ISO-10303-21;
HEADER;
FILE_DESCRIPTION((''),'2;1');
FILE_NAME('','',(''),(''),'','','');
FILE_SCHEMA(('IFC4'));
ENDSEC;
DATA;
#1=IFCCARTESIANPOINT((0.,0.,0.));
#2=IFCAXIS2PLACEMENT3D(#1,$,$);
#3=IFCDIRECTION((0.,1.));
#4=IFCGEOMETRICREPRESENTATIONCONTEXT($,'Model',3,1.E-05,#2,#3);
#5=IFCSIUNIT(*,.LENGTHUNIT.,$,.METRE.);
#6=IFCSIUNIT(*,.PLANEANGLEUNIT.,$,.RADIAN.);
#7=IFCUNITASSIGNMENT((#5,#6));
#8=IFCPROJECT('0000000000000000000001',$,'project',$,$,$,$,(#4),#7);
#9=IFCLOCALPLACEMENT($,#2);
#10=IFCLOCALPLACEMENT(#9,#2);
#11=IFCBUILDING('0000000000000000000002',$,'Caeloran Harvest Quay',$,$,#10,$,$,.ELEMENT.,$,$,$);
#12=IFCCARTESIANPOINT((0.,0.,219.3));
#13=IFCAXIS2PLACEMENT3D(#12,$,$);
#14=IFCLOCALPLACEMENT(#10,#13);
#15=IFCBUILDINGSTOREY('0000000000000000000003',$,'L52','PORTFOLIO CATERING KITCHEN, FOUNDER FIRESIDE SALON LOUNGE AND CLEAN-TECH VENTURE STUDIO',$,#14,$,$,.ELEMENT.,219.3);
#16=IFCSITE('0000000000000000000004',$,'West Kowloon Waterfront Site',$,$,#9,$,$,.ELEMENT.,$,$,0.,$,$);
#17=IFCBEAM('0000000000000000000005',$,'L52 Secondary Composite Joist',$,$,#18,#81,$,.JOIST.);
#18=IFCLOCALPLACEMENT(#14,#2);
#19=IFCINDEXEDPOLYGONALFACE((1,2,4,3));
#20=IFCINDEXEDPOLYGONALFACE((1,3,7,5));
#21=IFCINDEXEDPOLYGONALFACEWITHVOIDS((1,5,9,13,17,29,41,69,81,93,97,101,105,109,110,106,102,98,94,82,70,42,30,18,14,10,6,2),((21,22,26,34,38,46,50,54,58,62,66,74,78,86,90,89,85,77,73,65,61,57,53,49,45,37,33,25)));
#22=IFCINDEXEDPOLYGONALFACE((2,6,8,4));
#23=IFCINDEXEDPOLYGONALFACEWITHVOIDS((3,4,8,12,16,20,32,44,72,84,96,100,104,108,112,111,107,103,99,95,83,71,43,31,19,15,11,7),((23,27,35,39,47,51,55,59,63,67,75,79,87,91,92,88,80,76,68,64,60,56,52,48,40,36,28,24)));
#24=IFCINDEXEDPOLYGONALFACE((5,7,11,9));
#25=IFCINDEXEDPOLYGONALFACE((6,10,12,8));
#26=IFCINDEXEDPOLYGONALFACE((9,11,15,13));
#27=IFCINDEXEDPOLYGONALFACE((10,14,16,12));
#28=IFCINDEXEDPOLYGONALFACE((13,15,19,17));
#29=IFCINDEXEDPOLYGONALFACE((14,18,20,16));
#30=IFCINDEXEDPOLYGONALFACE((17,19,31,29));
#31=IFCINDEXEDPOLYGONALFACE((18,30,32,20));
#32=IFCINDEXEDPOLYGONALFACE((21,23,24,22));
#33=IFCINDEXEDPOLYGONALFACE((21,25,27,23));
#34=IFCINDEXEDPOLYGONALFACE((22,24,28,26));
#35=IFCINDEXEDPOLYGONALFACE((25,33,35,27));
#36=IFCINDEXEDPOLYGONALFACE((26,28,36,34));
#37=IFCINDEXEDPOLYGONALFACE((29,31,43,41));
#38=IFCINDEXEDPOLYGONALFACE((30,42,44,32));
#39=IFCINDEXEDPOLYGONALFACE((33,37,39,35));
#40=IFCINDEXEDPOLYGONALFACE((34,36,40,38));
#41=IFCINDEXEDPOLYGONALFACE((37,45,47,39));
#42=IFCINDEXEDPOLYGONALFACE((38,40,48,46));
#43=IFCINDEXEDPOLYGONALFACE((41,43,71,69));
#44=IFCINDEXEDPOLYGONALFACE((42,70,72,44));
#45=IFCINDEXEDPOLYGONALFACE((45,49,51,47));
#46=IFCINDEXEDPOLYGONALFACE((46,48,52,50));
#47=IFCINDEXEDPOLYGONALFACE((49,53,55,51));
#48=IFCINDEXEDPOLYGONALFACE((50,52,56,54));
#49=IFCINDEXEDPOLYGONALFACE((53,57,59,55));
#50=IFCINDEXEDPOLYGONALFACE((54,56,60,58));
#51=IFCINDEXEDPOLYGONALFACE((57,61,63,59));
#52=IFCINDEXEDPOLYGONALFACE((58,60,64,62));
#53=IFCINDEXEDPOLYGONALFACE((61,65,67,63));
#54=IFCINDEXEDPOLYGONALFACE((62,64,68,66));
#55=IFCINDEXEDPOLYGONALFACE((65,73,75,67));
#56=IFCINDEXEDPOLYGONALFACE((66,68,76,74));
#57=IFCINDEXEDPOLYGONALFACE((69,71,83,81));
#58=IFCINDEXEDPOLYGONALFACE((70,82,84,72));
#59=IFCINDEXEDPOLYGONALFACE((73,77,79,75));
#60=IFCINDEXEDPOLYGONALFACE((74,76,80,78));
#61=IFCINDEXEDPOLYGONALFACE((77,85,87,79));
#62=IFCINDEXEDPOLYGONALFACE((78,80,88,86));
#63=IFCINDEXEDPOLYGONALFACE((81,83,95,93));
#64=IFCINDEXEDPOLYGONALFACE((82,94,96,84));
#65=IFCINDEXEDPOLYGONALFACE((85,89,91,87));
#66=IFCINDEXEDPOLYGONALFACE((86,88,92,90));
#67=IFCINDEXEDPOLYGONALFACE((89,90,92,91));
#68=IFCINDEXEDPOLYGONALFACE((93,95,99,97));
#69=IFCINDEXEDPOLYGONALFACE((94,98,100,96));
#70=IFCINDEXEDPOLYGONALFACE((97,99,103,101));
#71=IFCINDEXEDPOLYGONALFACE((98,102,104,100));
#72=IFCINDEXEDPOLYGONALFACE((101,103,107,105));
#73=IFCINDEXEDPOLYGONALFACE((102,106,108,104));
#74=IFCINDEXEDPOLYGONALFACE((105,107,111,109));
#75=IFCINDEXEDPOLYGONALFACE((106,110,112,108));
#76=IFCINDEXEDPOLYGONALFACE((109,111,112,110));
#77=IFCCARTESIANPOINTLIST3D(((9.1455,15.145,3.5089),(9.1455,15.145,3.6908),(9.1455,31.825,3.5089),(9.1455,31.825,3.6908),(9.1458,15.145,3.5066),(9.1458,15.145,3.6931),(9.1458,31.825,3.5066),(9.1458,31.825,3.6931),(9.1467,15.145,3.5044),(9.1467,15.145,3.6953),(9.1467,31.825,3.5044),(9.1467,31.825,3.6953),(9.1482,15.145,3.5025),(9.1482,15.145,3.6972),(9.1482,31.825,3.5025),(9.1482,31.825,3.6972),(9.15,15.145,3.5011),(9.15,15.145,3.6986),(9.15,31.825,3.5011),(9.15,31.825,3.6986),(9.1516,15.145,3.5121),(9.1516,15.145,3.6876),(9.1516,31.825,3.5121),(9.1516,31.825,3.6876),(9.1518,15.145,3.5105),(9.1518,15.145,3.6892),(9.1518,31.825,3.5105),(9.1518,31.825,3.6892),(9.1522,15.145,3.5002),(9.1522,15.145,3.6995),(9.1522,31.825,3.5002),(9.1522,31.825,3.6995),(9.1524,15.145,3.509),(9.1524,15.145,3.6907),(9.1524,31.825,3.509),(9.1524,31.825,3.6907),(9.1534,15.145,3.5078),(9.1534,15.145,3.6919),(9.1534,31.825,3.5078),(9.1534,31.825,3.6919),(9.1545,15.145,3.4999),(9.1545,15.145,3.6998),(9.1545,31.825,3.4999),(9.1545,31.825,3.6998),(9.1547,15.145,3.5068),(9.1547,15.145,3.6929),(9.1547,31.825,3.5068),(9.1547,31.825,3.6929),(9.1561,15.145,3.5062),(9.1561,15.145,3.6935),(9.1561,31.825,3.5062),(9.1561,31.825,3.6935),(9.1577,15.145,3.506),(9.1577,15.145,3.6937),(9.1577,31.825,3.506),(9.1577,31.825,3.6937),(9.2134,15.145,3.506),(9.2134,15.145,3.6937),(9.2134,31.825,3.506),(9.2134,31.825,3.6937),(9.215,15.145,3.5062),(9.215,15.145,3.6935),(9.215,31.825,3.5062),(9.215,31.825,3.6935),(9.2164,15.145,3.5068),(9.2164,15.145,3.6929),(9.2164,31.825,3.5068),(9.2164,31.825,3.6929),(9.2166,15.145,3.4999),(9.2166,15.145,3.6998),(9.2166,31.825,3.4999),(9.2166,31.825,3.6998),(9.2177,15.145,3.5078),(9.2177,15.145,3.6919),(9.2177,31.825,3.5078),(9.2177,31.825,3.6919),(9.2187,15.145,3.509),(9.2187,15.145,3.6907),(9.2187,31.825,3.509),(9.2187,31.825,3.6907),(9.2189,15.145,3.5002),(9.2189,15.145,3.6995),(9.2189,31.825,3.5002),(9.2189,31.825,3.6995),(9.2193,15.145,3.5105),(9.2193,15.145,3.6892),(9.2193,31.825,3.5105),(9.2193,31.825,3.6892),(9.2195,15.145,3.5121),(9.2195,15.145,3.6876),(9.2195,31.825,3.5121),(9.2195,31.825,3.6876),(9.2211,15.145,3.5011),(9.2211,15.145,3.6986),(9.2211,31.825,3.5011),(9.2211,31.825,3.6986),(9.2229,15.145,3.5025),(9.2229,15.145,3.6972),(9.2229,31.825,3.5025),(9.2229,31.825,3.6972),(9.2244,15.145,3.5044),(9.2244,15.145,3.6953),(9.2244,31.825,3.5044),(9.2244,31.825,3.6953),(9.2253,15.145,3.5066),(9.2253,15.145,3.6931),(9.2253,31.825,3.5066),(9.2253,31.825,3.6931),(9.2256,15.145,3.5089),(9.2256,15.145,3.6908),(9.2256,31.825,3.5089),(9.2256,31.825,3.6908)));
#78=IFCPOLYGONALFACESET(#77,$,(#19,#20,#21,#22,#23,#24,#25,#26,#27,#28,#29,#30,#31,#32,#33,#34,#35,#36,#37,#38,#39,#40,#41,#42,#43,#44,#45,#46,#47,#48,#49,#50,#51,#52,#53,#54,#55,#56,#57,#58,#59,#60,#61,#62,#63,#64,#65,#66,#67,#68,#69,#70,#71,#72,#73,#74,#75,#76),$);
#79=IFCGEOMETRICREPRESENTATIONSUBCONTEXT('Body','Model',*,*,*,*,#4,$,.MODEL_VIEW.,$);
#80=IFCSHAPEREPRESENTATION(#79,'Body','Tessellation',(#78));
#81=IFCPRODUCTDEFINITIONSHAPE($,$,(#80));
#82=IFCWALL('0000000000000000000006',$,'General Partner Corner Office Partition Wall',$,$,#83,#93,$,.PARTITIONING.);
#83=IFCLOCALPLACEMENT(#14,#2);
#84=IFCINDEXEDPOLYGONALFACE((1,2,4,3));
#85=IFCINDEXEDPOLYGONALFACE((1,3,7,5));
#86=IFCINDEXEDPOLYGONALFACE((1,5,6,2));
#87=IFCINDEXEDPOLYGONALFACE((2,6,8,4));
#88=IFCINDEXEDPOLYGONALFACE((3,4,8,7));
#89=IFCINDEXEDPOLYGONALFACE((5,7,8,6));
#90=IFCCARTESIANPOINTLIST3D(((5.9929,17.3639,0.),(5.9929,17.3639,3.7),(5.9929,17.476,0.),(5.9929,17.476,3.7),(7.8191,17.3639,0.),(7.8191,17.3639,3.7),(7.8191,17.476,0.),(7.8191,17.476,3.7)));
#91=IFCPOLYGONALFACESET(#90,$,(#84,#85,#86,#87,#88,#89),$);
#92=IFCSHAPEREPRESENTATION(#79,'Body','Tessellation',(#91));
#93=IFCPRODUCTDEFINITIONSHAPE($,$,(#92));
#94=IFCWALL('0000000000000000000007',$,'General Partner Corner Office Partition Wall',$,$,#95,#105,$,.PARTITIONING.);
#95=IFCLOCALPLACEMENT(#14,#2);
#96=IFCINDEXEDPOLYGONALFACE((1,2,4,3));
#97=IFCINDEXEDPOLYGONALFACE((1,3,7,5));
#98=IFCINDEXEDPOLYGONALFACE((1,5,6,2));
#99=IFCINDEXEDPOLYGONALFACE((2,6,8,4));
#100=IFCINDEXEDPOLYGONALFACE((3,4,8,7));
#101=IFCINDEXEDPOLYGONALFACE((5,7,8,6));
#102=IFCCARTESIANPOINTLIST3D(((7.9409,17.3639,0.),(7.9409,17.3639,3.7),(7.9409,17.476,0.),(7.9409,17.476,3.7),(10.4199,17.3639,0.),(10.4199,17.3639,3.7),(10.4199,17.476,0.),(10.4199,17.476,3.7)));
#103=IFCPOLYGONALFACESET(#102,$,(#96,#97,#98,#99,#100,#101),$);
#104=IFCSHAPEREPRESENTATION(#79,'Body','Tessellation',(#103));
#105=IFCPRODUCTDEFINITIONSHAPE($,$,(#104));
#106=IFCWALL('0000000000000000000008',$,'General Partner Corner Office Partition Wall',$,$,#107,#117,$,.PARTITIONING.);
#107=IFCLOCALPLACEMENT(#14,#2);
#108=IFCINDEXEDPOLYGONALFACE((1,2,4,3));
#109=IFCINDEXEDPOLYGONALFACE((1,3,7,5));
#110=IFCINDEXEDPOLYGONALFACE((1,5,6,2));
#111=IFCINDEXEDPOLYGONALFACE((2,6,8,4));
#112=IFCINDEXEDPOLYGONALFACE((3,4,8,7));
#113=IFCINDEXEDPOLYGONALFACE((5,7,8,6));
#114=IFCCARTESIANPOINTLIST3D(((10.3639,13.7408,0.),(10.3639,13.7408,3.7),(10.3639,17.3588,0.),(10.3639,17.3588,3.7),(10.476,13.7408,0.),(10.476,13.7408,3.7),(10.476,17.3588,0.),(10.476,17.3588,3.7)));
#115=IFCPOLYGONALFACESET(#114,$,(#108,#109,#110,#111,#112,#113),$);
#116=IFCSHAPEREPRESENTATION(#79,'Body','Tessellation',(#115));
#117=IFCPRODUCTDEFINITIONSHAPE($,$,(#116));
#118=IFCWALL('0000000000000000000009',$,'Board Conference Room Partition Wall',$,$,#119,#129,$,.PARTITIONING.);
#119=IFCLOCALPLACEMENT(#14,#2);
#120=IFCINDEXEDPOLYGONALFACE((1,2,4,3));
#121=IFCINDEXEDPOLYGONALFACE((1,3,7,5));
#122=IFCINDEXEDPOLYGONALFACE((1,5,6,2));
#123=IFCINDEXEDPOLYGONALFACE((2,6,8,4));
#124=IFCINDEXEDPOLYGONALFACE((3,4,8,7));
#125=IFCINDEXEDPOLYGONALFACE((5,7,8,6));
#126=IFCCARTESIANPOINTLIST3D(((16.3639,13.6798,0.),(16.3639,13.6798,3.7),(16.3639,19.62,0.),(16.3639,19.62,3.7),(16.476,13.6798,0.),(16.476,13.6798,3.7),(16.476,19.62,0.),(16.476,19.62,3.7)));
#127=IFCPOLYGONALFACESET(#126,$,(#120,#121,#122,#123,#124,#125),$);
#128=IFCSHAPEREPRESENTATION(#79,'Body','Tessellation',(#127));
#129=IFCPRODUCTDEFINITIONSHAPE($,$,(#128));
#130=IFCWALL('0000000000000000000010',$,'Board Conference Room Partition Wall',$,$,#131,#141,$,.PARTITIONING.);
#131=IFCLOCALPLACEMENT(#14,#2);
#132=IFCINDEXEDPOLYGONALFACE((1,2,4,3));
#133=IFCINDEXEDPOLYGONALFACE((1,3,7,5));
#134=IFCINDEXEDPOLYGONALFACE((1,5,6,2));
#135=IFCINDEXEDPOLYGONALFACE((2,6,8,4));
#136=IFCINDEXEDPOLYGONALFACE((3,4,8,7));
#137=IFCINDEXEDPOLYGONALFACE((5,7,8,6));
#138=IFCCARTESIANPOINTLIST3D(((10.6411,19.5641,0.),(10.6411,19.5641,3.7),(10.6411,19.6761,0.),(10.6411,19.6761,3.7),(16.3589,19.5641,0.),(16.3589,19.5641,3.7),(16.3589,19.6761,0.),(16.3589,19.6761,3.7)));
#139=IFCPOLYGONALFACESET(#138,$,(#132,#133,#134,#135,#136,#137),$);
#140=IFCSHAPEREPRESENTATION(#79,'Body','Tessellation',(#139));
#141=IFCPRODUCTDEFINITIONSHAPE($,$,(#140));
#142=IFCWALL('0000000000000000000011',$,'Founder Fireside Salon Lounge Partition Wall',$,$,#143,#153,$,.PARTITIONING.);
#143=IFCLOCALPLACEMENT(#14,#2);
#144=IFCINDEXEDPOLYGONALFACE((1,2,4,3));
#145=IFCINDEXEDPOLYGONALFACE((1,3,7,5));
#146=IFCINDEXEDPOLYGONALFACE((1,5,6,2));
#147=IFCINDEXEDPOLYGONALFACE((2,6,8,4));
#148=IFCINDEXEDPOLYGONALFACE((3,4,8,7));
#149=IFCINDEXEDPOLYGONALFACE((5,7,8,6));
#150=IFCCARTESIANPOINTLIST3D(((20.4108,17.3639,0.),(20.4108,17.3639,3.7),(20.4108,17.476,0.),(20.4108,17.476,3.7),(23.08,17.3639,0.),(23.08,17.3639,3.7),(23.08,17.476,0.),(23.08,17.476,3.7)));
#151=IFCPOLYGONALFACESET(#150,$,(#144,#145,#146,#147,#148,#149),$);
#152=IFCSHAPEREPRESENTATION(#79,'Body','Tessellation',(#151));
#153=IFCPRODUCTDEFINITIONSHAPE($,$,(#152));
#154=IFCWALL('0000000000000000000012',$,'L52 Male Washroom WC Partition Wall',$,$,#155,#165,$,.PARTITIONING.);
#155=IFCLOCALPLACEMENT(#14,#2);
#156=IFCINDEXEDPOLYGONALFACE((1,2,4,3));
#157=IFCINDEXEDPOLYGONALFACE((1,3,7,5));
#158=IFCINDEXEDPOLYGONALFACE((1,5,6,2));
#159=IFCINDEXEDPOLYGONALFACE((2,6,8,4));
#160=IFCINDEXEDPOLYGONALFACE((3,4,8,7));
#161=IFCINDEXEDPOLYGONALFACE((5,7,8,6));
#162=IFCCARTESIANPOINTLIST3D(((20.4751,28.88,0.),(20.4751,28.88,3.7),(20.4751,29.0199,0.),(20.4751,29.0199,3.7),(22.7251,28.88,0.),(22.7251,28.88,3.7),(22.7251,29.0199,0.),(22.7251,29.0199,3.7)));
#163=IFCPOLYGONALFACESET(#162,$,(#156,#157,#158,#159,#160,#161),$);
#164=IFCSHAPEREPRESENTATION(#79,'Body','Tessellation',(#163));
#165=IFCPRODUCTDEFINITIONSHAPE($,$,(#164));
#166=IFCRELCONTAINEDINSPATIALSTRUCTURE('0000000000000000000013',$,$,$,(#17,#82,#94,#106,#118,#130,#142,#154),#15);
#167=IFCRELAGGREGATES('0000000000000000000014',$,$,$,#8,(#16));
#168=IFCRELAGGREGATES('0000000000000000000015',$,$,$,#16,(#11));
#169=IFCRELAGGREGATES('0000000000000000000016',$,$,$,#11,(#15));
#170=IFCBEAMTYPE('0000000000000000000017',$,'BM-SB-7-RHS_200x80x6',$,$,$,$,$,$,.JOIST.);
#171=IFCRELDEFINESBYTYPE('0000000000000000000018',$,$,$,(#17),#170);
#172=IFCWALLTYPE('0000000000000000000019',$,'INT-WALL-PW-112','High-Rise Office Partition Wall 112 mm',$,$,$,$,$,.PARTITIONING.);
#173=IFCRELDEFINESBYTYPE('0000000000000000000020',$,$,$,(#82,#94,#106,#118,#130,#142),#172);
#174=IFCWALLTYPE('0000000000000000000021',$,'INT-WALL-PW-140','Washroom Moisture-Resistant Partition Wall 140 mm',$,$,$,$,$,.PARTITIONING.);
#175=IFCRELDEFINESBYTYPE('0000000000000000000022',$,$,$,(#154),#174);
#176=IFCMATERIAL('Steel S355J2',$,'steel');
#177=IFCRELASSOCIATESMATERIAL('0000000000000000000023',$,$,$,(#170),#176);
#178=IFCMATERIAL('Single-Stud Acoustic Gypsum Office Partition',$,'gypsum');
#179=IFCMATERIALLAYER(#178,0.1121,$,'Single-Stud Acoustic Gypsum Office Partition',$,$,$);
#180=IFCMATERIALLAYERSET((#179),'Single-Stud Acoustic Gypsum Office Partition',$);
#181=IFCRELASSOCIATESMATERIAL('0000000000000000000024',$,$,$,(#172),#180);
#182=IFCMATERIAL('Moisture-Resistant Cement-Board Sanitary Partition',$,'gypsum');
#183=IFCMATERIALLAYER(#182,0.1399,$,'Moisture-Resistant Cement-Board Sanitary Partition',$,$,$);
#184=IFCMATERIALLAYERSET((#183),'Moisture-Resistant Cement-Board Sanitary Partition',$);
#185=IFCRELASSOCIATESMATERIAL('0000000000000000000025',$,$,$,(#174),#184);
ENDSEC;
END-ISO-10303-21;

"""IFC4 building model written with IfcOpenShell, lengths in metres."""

from ifc_helpers import new_model, si_unit, direction, frame, frame_2d, origin, origin_2d, place, context, subcontext, project, spatial, rectangle, hollow_rectangle, extrude, material, layer, layer_set, material_profile, profile_set, type_object, element, save


model = new_model("IFC4")

# Units and contexts
model_context = context("Model", 3, precision=1e-05, world=origin(), true_north=direction((0.0, 1.0)))
body_context = subcontext(model_context, "Body", "Model", "MODEL_VIEW")
ifc_project = project(units=[si_unit("LENGTHUNIT", "METRE"), si_unit("PLANEANGLEUNIT", "RADIAN")], contexts=[model_context])

# Site, building, storey
site_placement = place(None, origin())
site = spatial("IfcSite", under=ifc_project, at=site_placement, Name="West Kowloon Waterfront Site", CompositionType="ELEMENT", RefElevation=0.0)
building_placement = place(site_placement, origin())
building = spatial("IfcBuilding", under=site, at=building_placement, Name="Caeloran Harvest Quay", CompositionType="ELEMENT")
storey_placement = place(building_placement, frame((0.0, 0.0, 219.3)))
storey = spatial("IfcBuildingStorey", under=building, at=storey_placement, Name="L52", Description="PORTFOLIO CATERING KITCHEN, FOUNDER FIRESIDE SALON LOUNGE AND CLEAN-TECH VENTURE STUDIO", CompositionType="ELEMENT", Elevation=219.3)

# Beam
ifc_material_1 = material(Name="Steel S355J2", Category="steel")
ifc_material_profile_1 = material_profile(ifc_material_1, hollow_rectangle(XDim=0.0801, YDim=0.2, WallThickness=0.0061, InnerFilletRadius=0.0061, OuterFilletRadius=0.009, at=origin_2d()), Name="RHS 200x80x6")
ifc_profile_set_1 = profile_set([ifc_material_profile_1], Name="Steel S355J2")
beam_type_1 = type_object("IfcBeamType", Name="BM-SB-7-RHS_200x80x6", PredefinedType="JOIST", material=ifc_profile_set_1)
beam_1_placement = place(storey_placement, frame((9.1855, 15.145, 3.5999), z_axis=(0.0, 1.0, 0.0), x_axis=(-1.0, 0.0, 0.0)))
element("IfcBeam", 1, at=beam_1_placement, inside=storey, type_object=beam_type_1, Name="L52 Secondary Composite Joist", PredefinedType="JOIST", context=body_context, shape_type="SweptSolid", body=[
    extrude(hollow_rectangle(XDim=0.0801, YDim=0.2, WallThickness=0.0061, InnerFilletRadius=0.0061, OuterFilletRadius=0.009, at=origin_2d()), origin(), (0.0, 0.0, 1.0), 16.6799),
])

# Walls
ifc_material_2 = material(Name="Single-Stud Acoustic Gypsum Office Partition", Category="gypsum")
ifc_layer_1 = layer(ifc_material_2, 0.1121, Name="Single-Stud Acoustic Gypsum Office Partition")
ifc_layer_set_1 = layer_set([ifc_layer_1], Name="Single-Stud Acoustic Gypsum Office Partition")
wall_type_1 = type_object("IfcWallType", Name="INT-WALL-PW-112", Description="High-Rise Office Partition Wall 112 mm", PredefinedType="PARTITIONING", material=ifc_layer_set_1)
wall_1_placement = place(storey_placement, frame((5.9929, 17.4199, 0.0), z_axis=(0.0, 0.0, 1.0), x_axis=(1.0, 0.0, 0.0)))
element("IfcWall", 2, at=wall_1_placement, inside=storey, type_object=wall_type_1, Name="General Partner Corner Office Partition Wall", PredefinedType="PARTITIONING", context=body_context, shape_type="SweptSolid", body=[
    extrude(rectangle(XDim=1.8262, YDim=0.1121, at=frame_2d((0.9131, 0.0))), origin(), (0.0, 0.0, 1.0), 3.7),
])
wall_2_placement = place(storey_placement, frame((7.9409, 17.4199, 0.0), z_axis=(0.0, 0.0, 1.0), x_axis=(1.0, 0.0, 0.0)))
element("IfcWall", 3, at=wall_2_placement, inside=storey, type_object=wall_type_1, Name="General Partner Corner Office Partition Wall", PredefinedType="PARTITIONING", context=body_context, shape_type="SweptSolid", body=[
    extrude(rectangle(XDim=2.479, YDim=0.1121, at=frame_2d((1.2395, 0.0))), origin(), (0.0, 0.0, 1.0), 3.7),
])
wall_3_placement = place(storey_placement, frame((10.4199, 17.3589, 0.0), z_axis=(0.0, 0.0, 1.0), x_axis=(0.0, -1.0, 0.0)))
element("IfcWall", 4, at=wall_3_placement, inside=storey, type_object=wall_type_1, Name="General Partner Corner Office Partition Wall", PredefinedType="PARTITIONING", context=body_context, shape_type="SweptSolid", body=[
    extrude(rectangle(XDim=3.6179, YDim=0.1121, at=frame_2d((1.8091, 0.0))), origin(), (0.0, 0.0, 1.0), 3.7),
])
wall_4_placement = place(storey_placement, frame((16.4199, 19.6201, 0.0), z_axis=(0.0, 0.0, 1.0), x_axis=(0.0, -1.0, 0.0)))
element("IfcWall", 5, at=wall_4_placement, inside=storey, type_object=wall_type_1, Name="Board Conference Room Partition Wall", PredefinedType="PARTITIONING", context=body_context, shape_type="SweptSolid", body=[
    extrude(rectangle(XDim=5.9402, YDim=0.1121, at=frame_2d((2.9702, 0.0))), origin(), (0.0, 0.0, 1.0), 3.7),
])
wall_5_placement = place(storey_placement, frame((10.6411, 19.6201, 0.0), z_axis=(0.0, 0.0, 1.0), x_axis=(1.0, 0.0, 0.0)))
element("IfcWall", 6, at=wall_5_placement, inside=storey, type_object=wall_type_1, Name="Board Conference Room Partition Wall", PredefinedType="PARTITIONING", context=body_context, shape_type="SweptSolid", body=[
    extrude(rectangle(XDim=5.7178, YDim=0.1121, at=frame_2d((2.8589, 0.0))), origin(), (0.0, 0.0, 1.0), 3.7),
])
wall_6_placement = place(storey_placement, frame((20.4109, 17.4199, 0.0), z_axis=(0.0, 0.0, 1.0), x_axis=(1.0, 0.0, 0.0)))
element("IfcWall", 7, at=wall_6_placement, inside=storey, type_object=wall_type_1, Name="Founder Fireside Salon Lounge Partition Wall", PredefinedType="PARTITIONING", context=body_context, shape_type="SweptSolid", body=[
    extrude(rectangle(XDim=2.6692, YDim=0.1121, at=frame_2d((1.3345, 0.0))), origin(), (0.0, 0.0, 1.0), 3.7),
])

# Shared definitions
ifc_material_3 = material(Name="Moisture-Resistant Cement-Board Sanitary Partition", Category="gypsum")
ifc_layer_2 = layer(ifc_material_3, 0.1399, Name="Moisture-Resistant Cement-Board Sanitary Partition")
ifc_layer_set_2 = layer_set([ifc_layer_2], Name="Moisture-Resistant Cement-Board Sanitary Partition")
wall_type_2 = type_object("IfcWallType", Name="INT-WALL-PW-140", Description="Washroom Moisture-Resistant Partition Wall 140 mm", PredefinedType="PARTITIONING", material=ifc_layer_set_2)

# Wall
wall_7_placement = place(storey_placement, frame((20.4751, 28.95, 0.0), z_axis=(0.0, 0.0, 1.0), x_axis=(1.0, 0.0, 0.0)))
element("IfcWall", 8, at=wall_7_placement, inside=storey, type_object=wall_type_2, Name="L52 Male Washroom WC Partition Wall", PredefinedType="PARTITIONING", context=body_context, shape_type="SweptSolid", body=[
    extrude(rectangle(XDim=2.25, YDim=0.1399, at=frame_2d((1.125, 0.0))), origin(), (0.0, 0.0, 1.0), 3.7),
])

save(model, "model.ifc")
